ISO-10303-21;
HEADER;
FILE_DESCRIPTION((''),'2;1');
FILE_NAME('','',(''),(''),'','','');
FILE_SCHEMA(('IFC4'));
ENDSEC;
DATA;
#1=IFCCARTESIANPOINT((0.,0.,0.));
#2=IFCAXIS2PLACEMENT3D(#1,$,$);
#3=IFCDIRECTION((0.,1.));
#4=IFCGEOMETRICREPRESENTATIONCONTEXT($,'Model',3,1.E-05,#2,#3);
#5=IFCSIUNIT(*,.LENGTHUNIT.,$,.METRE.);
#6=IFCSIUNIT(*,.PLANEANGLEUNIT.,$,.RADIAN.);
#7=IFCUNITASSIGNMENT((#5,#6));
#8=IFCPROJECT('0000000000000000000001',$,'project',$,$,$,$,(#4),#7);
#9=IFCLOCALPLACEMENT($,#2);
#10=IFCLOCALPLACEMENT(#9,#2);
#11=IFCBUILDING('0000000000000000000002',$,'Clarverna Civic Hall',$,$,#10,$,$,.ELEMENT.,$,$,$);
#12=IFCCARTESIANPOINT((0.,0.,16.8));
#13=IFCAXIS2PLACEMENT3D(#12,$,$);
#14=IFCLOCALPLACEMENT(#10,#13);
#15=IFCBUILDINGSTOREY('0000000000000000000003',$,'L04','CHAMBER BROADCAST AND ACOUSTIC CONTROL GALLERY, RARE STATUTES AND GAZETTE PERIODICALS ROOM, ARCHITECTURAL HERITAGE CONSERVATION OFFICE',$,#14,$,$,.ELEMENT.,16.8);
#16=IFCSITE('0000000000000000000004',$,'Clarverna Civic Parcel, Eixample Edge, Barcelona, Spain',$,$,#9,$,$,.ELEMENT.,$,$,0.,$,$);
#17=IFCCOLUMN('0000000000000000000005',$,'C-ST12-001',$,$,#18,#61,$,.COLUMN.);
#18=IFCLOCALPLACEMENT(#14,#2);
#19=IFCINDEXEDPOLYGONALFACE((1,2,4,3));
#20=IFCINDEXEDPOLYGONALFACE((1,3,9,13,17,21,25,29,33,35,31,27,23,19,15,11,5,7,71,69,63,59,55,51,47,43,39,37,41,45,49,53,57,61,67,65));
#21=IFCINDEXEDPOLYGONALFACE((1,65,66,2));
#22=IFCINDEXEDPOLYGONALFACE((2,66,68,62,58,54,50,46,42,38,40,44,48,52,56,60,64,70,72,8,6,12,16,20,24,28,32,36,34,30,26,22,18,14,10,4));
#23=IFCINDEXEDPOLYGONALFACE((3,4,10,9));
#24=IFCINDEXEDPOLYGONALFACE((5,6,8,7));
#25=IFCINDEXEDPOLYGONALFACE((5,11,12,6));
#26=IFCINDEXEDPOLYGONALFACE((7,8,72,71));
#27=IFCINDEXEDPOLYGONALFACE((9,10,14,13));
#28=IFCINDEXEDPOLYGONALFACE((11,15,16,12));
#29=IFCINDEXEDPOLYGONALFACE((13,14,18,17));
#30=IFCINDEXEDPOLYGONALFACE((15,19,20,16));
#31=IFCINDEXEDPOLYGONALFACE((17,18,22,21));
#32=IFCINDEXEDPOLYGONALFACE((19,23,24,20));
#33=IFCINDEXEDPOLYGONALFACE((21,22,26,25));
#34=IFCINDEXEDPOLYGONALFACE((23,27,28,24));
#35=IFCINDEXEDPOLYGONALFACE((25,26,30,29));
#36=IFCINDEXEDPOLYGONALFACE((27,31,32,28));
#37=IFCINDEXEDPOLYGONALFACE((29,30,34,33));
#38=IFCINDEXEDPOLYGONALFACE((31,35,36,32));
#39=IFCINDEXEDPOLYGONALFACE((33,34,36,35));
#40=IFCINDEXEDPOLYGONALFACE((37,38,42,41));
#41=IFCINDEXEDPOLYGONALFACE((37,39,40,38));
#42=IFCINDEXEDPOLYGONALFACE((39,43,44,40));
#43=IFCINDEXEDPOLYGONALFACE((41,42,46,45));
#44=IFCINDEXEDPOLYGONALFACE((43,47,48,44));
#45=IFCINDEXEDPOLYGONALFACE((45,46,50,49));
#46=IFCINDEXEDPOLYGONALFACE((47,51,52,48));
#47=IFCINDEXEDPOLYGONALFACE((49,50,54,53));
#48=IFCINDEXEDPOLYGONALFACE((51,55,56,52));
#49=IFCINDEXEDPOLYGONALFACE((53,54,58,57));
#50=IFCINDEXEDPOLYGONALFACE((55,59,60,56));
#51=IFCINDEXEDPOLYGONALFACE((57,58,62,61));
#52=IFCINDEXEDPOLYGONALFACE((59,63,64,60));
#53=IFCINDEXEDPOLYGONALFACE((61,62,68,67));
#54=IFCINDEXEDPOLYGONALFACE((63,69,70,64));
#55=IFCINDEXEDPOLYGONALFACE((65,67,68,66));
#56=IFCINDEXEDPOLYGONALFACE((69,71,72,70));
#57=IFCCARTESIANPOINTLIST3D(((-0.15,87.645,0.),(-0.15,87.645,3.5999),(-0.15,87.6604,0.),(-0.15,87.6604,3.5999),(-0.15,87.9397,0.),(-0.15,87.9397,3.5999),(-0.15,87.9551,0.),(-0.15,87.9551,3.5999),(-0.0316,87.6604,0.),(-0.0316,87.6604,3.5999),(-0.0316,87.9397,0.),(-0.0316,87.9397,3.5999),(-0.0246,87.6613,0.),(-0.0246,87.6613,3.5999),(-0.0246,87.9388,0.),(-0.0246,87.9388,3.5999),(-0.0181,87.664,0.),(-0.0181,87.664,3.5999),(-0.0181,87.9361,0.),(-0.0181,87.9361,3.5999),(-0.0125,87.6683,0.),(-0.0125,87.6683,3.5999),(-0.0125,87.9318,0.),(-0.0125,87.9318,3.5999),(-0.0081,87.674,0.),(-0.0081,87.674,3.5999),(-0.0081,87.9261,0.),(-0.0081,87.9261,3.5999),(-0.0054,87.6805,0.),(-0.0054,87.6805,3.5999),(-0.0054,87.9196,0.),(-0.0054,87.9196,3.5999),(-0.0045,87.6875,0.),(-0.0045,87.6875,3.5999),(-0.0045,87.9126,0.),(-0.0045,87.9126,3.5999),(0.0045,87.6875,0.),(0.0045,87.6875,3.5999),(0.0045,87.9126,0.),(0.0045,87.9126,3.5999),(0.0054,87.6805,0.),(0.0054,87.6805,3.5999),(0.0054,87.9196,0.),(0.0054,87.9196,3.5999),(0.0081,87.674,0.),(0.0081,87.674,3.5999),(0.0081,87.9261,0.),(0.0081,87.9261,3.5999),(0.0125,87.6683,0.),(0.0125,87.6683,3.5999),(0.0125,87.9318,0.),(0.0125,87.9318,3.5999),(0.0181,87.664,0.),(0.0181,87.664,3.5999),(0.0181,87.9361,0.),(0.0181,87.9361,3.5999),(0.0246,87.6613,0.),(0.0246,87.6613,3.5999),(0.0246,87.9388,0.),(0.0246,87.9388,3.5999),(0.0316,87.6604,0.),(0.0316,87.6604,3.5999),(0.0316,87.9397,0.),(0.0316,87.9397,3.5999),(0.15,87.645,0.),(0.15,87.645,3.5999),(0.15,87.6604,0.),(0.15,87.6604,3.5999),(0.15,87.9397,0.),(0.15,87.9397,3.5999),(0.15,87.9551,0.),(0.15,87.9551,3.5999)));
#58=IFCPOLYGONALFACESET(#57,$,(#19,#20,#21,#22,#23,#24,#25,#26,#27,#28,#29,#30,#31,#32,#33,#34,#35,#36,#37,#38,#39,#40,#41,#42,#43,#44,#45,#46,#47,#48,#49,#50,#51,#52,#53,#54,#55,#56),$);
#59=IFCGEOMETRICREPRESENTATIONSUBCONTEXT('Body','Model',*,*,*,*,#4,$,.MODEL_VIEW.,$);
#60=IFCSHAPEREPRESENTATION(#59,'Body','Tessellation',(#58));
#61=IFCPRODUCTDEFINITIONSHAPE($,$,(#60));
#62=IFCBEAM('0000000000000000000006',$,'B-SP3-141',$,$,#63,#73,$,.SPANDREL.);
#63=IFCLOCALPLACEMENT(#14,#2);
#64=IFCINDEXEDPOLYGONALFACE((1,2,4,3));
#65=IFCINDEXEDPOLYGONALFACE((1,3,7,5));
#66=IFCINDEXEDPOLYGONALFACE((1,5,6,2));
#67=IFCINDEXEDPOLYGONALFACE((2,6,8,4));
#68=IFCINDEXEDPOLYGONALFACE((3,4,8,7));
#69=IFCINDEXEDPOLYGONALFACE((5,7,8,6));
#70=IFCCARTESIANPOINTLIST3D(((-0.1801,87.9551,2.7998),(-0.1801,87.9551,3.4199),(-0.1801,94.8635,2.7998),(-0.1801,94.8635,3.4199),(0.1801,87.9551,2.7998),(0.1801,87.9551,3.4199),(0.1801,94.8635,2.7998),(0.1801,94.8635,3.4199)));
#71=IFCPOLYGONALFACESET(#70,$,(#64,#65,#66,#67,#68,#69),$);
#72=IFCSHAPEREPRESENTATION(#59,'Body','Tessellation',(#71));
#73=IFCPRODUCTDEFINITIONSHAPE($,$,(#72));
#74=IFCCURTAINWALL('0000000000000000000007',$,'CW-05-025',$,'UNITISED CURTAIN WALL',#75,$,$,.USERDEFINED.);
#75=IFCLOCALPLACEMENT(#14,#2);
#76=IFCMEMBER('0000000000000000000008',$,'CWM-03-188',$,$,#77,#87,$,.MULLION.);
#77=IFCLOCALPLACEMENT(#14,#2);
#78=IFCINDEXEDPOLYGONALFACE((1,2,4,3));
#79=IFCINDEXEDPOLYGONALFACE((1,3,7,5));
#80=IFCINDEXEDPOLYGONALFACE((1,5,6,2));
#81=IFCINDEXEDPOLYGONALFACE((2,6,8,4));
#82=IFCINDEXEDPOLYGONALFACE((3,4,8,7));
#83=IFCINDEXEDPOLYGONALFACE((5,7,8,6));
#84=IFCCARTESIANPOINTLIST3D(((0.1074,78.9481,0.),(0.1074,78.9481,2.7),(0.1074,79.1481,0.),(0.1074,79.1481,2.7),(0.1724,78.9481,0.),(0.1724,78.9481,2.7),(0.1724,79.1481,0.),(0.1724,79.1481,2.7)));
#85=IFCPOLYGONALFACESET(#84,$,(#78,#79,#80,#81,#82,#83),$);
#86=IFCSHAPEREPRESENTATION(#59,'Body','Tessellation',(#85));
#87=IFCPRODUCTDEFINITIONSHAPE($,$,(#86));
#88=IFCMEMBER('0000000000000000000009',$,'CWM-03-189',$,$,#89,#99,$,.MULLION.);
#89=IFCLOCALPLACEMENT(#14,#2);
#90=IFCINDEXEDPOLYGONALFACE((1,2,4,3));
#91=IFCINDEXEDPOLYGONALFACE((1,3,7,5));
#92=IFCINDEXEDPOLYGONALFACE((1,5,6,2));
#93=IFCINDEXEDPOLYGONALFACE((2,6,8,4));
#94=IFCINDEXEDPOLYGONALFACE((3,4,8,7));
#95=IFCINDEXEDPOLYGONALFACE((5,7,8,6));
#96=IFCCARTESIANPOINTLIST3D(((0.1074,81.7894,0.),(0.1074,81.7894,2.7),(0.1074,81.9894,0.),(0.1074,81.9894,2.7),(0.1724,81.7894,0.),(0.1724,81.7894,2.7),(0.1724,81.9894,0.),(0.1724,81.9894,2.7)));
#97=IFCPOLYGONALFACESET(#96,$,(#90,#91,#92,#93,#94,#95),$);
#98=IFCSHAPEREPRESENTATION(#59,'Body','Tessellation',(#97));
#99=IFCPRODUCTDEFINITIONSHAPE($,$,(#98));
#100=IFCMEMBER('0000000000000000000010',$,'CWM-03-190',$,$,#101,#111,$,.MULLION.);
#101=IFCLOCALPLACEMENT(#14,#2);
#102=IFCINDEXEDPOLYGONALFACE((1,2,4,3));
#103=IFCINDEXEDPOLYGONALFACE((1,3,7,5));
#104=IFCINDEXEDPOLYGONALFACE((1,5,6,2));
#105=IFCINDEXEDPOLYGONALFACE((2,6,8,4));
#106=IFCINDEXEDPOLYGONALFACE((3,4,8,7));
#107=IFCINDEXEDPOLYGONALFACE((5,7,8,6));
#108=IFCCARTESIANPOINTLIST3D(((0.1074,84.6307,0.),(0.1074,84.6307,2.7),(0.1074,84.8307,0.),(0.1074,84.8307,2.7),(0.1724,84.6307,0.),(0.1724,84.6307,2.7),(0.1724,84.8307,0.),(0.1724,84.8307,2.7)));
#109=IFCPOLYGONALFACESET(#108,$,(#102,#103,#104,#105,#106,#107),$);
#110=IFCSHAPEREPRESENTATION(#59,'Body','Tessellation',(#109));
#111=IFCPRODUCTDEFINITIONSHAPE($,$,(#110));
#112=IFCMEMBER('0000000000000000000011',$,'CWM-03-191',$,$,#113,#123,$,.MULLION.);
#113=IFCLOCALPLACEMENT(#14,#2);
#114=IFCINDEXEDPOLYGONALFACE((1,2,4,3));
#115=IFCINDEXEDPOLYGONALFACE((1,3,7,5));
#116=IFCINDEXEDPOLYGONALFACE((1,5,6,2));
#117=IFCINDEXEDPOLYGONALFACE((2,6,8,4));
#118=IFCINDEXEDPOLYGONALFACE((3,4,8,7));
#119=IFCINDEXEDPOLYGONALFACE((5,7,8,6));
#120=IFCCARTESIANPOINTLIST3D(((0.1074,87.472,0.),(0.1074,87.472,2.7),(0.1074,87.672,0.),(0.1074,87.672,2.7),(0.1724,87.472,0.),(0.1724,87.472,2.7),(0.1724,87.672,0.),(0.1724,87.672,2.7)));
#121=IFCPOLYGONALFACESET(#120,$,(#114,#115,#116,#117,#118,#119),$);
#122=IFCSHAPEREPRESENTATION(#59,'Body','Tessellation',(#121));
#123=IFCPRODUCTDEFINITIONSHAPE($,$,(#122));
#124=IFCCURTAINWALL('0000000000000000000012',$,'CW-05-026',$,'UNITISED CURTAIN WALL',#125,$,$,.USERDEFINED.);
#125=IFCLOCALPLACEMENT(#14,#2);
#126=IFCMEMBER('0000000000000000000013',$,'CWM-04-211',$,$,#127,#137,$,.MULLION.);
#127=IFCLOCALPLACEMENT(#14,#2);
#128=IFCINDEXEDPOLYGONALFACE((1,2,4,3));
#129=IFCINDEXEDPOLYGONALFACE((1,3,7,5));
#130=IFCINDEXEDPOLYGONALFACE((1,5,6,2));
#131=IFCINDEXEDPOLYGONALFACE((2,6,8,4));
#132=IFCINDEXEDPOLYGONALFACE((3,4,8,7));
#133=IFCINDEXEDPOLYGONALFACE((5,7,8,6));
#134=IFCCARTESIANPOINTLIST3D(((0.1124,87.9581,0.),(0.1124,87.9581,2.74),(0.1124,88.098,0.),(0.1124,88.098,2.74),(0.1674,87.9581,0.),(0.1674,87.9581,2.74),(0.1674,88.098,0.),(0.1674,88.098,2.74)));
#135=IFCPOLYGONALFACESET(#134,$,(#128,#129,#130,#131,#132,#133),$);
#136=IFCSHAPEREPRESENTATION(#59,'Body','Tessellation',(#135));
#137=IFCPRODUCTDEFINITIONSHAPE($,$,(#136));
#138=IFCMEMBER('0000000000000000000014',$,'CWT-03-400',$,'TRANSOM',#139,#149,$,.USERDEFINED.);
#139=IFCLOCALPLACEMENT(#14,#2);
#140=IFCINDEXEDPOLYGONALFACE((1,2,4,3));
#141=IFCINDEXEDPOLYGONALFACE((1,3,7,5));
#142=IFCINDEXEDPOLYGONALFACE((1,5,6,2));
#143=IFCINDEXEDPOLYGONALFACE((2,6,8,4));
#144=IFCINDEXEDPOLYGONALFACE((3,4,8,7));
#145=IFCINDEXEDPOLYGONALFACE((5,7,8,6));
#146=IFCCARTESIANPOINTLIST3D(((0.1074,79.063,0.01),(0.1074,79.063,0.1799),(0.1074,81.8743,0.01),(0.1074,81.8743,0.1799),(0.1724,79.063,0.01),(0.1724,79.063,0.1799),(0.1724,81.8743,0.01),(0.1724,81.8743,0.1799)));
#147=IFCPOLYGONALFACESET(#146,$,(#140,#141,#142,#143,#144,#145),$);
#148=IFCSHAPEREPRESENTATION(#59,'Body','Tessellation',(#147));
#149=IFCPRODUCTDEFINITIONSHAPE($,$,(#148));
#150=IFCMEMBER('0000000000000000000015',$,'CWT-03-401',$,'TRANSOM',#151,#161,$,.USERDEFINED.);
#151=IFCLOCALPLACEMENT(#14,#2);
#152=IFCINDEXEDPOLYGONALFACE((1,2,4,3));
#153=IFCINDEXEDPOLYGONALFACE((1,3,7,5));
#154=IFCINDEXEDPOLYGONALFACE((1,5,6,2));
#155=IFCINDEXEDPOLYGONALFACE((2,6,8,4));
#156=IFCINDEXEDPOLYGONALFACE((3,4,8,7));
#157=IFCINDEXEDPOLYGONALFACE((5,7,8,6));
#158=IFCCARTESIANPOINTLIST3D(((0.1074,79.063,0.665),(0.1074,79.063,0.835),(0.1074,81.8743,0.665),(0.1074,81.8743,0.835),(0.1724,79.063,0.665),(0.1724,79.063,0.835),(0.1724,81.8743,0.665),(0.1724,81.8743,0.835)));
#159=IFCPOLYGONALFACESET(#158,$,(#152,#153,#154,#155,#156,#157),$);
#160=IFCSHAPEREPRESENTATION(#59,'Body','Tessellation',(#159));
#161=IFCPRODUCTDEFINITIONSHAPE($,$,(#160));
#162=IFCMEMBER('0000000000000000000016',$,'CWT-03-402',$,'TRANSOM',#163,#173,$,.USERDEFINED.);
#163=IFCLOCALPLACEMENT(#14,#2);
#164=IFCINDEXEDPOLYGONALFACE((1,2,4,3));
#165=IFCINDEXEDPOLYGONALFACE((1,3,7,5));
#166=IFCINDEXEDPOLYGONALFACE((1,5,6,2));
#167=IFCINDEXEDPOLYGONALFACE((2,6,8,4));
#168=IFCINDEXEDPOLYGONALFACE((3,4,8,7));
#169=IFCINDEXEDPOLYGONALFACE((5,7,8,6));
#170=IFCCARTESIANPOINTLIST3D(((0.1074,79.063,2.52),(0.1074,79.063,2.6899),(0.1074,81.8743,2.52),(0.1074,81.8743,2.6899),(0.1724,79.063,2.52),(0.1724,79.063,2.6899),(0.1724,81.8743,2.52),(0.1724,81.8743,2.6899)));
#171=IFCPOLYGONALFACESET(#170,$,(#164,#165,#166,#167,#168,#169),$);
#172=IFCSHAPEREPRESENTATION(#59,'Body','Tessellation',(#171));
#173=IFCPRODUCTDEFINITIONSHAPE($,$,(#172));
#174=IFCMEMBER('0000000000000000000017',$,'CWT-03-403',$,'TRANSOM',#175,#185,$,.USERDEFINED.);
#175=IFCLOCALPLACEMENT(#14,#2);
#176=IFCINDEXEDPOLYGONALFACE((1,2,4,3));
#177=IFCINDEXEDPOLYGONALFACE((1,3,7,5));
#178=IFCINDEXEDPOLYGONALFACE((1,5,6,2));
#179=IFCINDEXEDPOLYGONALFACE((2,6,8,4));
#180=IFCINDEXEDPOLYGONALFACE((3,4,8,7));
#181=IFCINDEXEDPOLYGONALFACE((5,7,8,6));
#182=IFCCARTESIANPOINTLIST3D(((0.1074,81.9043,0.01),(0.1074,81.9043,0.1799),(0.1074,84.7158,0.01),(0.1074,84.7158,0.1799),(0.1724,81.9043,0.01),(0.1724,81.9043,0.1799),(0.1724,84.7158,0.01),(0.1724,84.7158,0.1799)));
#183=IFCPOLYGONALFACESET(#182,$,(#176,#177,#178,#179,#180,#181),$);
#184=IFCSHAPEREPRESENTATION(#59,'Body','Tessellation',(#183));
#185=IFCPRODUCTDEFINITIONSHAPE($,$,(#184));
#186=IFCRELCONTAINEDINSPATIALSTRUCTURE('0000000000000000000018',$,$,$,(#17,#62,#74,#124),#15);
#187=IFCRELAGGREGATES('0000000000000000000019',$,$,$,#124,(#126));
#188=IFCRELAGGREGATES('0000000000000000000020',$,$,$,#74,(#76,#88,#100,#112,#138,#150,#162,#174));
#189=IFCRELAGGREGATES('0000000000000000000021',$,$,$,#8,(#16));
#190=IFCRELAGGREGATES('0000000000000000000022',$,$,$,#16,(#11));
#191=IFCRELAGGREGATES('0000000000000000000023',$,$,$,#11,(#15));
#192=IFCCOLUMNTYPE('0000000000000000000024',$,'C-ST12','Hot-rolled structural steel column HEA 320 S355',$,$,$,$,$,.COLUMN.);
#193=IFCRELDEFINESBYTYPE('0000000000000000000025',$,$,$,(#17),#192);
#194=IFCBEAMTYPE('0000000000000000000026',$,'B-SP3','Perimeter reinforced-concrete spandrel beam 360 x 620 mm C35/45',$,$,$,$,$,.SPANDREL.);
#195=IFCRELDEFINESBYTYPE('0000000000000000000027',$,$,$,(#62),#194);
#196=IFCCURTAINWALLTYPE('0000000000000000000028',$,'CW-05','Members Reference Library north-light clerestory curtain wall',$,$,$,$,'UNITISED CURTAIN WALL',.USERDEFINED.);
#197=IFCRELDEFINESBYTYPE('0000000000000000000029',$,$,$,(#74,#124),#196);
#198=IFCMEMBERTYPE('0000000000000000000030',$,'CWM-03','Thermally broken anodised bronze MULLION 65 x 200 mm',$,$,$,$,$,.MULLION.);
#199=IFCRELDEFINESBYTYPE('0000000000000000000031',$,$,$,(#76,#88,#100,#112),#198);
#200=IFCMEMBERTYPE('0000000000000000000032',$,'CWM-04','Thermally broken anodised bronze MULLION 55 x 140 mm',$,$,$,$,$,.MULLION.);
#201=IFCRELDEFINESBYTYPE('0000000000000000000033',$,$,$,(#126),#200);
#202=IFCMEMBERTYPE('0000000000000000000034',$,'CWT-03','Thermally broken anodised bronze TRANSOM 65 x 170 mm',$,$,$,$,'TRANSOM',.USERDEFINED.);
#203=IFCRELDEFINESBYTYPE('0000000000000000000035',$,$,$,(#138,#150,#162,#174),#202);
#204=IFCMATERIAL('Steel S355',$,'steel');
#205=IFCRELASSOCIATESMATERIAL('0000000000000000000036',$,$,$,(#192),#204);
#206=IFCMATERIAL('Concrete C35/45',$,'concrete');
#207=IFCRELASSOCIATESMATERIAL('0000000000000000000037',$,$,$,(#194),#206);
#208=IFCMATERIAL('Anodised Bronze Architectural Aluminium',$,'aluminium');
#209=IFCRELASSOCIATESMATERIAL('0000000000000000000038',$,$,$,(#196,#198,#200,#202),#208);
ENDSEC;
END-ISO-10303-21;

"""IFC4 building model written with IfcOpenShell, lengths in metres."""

from ifc_helpers import new_model, si_unit, direction, frame, origin, origin_2d, place, context, subcontext, project, spatial, rectangle, i_section, extrude, material, material_profile, profile_set, type_object, element, aggregate, save


model = new_model("IFC4")

# Units and contexts
model_context = context("Model", 3, precision=1e-05, world=origin(), true_north=direction((0.0, 1.0)))
body_context = subcontext(model_context, "Body", "Model", "MODEL_VIEW")
ifc_project = project(units=[si_unit("LENGTHUNIT", "METRE"), si_unit("PLANEANGLEUNIT", "RADIAN")], contexts=[model_context])

# Site, building, storey
site_placement = place(None, origin())
site = spatial("IfcSite", under=ifc_project, at=site_placement, Name="Clarverna Civic Parcel, Eixample Edge, Barcelona, Spain", CompositionType="ELEMENT", RefElevation=0.0)
building_placement = place(site_placement, origin())
building = spatial("IfcBuilding", under=site, at=building_placement, Name="Clarverna Civic Hall", CompositionType="ELEMENT")
storey_placement = place(building_placement, frame((0.0, 0.0, 16.8)))
storey = spatial("IfcBuildingStorey", under=building, at=storey_placement, Name="L04", Description="CHAMBER BROADCAST AND ACOUSTIC CONTROL GALLERY, RARE STATUTES AND GAZETTE PERIODICALS ROOM, ARCHITECTURAL HERITAGE CONSERVATION OFFICE", CompositionType="ELEMENT", Elevation=16.8)

# Column
ifc_material_1 = material(Name="Steel S355", Category="steel")
ifc_material_profile_1 = material_profile(ifc_material_1, i_section(OverallWidth=0.3, OverallDepth=0.3101, WebThickness=0.009, FlangeThickness=0.0154, FilletRadius=0.0271, at=origin_2d()), Name="HEA 320")
ifc_profile_set_1 = profile_set([ifc_material_profile_1], Name="Steel S355")
column_type = type_object("IfcColumnType", Name="C-ST12", Description="Hot-rolled structural steel column HEA 320 S355", PredefinedType="COLUMN", material=ifc_profile_set_1)
column_placement = place(storey_placement, frame((0.0, 87.8, 0.0), z_axis=(0.0, 0.0, 1.0), x_axis=(1.0, 0.0, 0.0)))
element("IfcColumn", 1, at=column_placement, inside=storey, type_object=column_type, Name="C-ST12-001", PredefinedType="COLUMN", context=body_context, shape_type="SweptSolid", body=[
    extrude(i_section(OverallWidth=0.3, OverallDepth=0.3101, WebThickness=0.009, FlangeThickness=0.0154, FilletRadius=0.0271, at=origin_2d()), origin(), (0.0, 0.0, 1.0), 3.5999),
])

# Beam
ifc_material_2 = material(Name="Concrete C35/45", Category="concrete")
ifc_material_profile_2 = material_profile(ifc_material_2, rectangle(XDim=0.3601, YDim=0.6201, at=origin_2d()), Name="RC 360x620")
ifc_profile_set_2 = profile_set([ifc_material_profile_2], Name="Concrete C35/45")
beam_type = type_object("IfcBeamType", Name="B-SP3", Description="Perimeter reinforced-concrete spandrel beam 360 x 620 mm C35/45", PredefinedType="SPANDREL", material=ifc_profile_set_2)
beam_placement = place(storey_placement, frame((0.0, 87.9551, 3.1099), z_axis=(0.0, 1.0, 0.0), x_axis=(-1.0, 0.0, 0.0)))
element("IfcBeam", 2, at=beam_placement, inside=storey, type_object=beam_type, Name="B-SP3-141", PredefinedType="SPANDREL", context=body_context, shape_type="SweptSolid", body=[
    extrude(rectangle(XDim=0.3601, YDim=0.6201, at=origin_2d()), origin(), (0.0, 0.0, 1.0), 6.9084),
])

# Curtain wall, members
ifc_material_3 = material(Name="Anodised Bronze Architectural Aluminium", Category="aluminium")
curtain_wall_type = type_object("IfcCurtainWallType", Name="CW-05", Description="Members Reference Library north-light clerestory curtain wall", ElementType="UNITISED CURTAIN WALL", PredefinedType="USERDEFINED", material=ifc_material_3)
curtain_wall_1_placement = place(storey_placement, origin())
curtain_wall_1 = element("IfcCurtainWall", 3, at=curtain_wall_1_placement, inside=storey, type_object=curtain_wall_type, Name="CW-05-025", ObjectType="UNITISED CURTAIN WALL", PredefinedType="USERDEFINED")
ifc_material_profile_3 = material_profile(ifc_material_3, rectangle(XDim=0.0649, YDim=0.2, at=origin_2d()), Name="BRONZE 65x200")
ifc_profile_set_3 = profile_set([ifc_material_profile_3], Name="Anodised Bronze Architectural Aluminium")
member_type_1 = type_object("IfcMemberType", Name="CWM-03", Description="Thermally broken anodised bronze MULLION 65 x 200 mm", PredefinedType="MULLION", material=ifc_profile_set_3)
member_1_placement = place(storey_placement, frame((0.1399, 79.0481, 0.0), z_axis=(0.0, 0.0, 1.0), x_axis=(1.0, 0.0, 0.0)))
member_1 = element("IfcMember", 4, at=member_1_placement, type_object=member_type_1, Name="CWM-03-188", PredefinedType="MULLION", context=body_context, shape_type="SweptSolid", body=[
    extrude(rectangle(XDim=0.0649, YDim=0.2, at=origin_2d()), origin(), (0.0, 0.0, 1.0), 2.7),
])
member_2_placement = place(storey_placement, frame((0.1399, 81.8894, 0.0), z_axis=(0.0, 0.0, 1.0), x_axis=(1.0, 0.0, 0.0)))
member_2 = element("IfcMember", 5, at=member_2_placement, type_object=member_type_1, Name="CWM-03-189", PredefinedType="MULLION", context=body_context, shape_type="SweptSolid", body=[
    extrude(rectangle(XDim=0.0649, YDim=0.2, at=origin_2d()), origin(), (0.0, 0.0, 1.0), 2.7),
])
member_3_placement = place(storey_placement, frame((0.1399, 84.7307, 0.0), z_axis=(0.0, 0.0, 1.0), x_axis=(1.0, 0.0, 0.0)))
member_3 = element("IfcMember", 6, at=member_3_placement, type_object=member_type_1, Name="CWM-03-190", PredefinedType="MULLION", context=body_context, shape_type="SweptSolid", body=[
    extrude(rectangle(XDim=0.0649, YDim=0.2, at=origin_2d()), origin(), (0.0, 0.0, 1.0), 2.7),
])
member_4_placement = place(storey_placement, frame((0.1399, 87.572, 0.0), z_axis=(0.0, 0.0, 1.0), x_axis=(1.0, 0.0, 0.0)))
member_4 = element("IfcMember", 7, at=member_4_placement, type_object=member_type_1, Name="CWM-03-191", PredefinedType="MULLION", context=body_context, shape_type="SweptSolid", body=[
    extrude(rectangle(XDim=0.0649, YDim=0.2, at=origin_2d()), origin(), (0.0, 0.0, 1.0), 2.7),
])

# Curtain wall, member
curtain_wall_2_placement = place(storey_placement, origin())
curtain_wall_2 = element("IfcCurtainWall", 8, at=curtain_wall_2_placement, inside=storey, type_object=curtain_wall_type, Name="CW-05-026", ObjectType="UNITISED CURTAIN WALL", PredefinedType="USERDEFINED")
ifc_material_profile_4 = material_profile(ifc_material_3, rectangle(XDim=0.0549, YDim=0.1399, at=origin_2d()), Name="BRONZE 55x140")
ifc_profile_set_4 = profile_set([ifc_material_profile_4], Name="Anodised Bronze Architectural Aluminium")
member_type_2 = type_object("IfcMemberType", Name="CWM-04", Description="Thermally broken anodised bronze MULLION 55 x 140 mm", PredefinedType="MULLION", material=ifc_profile_set_4)
member_5_placement = place(storey_placement, frame((0.1399, 88.0281, 0.0), z_axis=(0.0, 0.0, 1.0), x_axis=(1.0, 0.0, 0.0)))
member_5 = element("IfcMember", 9, at=member_5_placement, type_object=member_type_2, Name="CWM-04-211", PredefinedType="MULLION", context=body_context, shape_type="SweptSolid", body=[
    extrude(rectangle(XDim=0.0549, YDim=0.1399, at=origin_2d()), origin(), (0.0, 0.0, 1.0), 2.74),
])
aggregate(curtain_wall_2, [member_5])

# Members
ifc_material_profile_5 = material_profile(ifc_material_3, rectangle(XDim=0.0649, YDim=0.1699, at=origin_2d()), Name="BRONZE 65x170")
ifc_profile_set_5 = profile_set([ifc_material_profile_5], Name="Anodised Bronze Architectural Aluminium")
member_type_3 = type_object("IfcMemberType", Name="CWT-03", Description="Thermally broken anodised bronze TRANSOM 65 x 170 mm", ElementType="TRANSOM", PredefinedType="USERDEFINED", material=ifc_profile_set_5)
member_6_placement = place(storey_placement, frame((0.1399, 79.063, 0.095), z_axis=(0.0, 1.0, 0.0), x_axis=(-1.0, 0.0, 0.0)))
member_6 = element("IfcMember", 10, at=member_6_placement, type_object=member_type_3, Name="CWT-03-400", ObjectType="TRANSOM", PredefinedType="USERDEFINED", context=body_context, shape_type="SweptSolid", body=[
    extrude(rectangle(XDim=0.0649, YDim=0.1699, at=origin_2d()), origin(), (0.0, 0.0, 1.0), 2.8113),
])
member_7_placement = place(storey_placement, frame((0.1399, 79.063, 0.75), z_axis=(0.0, 1.0, 0.0), x_axis=(-1.0, 0.0, 0.0)))
member_7 = element("IfcMember", 11, at=member_7_placement, type_object=member_type_3, Name="CWT-03-401", ObjectType="TRANSOM", PredefinedType="USERDEFINED", context=body_context, shape_type="SweptSolid", body=[
    extrude(rectangle(XDim=0.0649, YDim=0.1699, at=origin_2d()), origin(), (0.0, 0.0, 1.0), 2.8113),
])
member_8_placement = place(storey_placement, frame((0.1399, 79.063, 2.605), z_axis=(0.0, 1.0, 0.0), x_axis=(-1.0, 0.0, 0.0)))
member_8 = element("IfcMember", 12, at=member_8_placement, type_object=member_type_3, Name="CWT-03-402", ObjectType="TRANSOM", PredefinedType="USERDEFINED", context=body_context, shape_type="SweptSolid", body=[
    extrude(rectangle(XDim=0.0649, YDim=0.1699, at=origin_2d()), origin(), (0.0, 0.0, 1.0), 2.8113),
])
member_9_placement = place(storey_placement, frame((0.1399, 81.9043, 0.095), z_axis=(0.0, 1.0, 0.0), x_axis=(-1.0, 0.0, 0.0)))
member_9 = element("IfcMember", 13, at=member_9_placement, type_object=member_type_3, Name="CWT-03-403", ObjectType="TRANSOM", PredefinedType="USERDEFINED", context=body_context, shape_type="SweptSolid", body=[
    extrude(rectangle(XDim=0.0649, YDim=0.1699, at=origin_2d()), origin(), (0.0, 0.0, 1.0), 2.8115),
])

aggregate(curtain_wall_1, [member_1, member_2, member_3, member_4, member_6, member_7, member_8, member_9])

save(model, "model.ifc")
